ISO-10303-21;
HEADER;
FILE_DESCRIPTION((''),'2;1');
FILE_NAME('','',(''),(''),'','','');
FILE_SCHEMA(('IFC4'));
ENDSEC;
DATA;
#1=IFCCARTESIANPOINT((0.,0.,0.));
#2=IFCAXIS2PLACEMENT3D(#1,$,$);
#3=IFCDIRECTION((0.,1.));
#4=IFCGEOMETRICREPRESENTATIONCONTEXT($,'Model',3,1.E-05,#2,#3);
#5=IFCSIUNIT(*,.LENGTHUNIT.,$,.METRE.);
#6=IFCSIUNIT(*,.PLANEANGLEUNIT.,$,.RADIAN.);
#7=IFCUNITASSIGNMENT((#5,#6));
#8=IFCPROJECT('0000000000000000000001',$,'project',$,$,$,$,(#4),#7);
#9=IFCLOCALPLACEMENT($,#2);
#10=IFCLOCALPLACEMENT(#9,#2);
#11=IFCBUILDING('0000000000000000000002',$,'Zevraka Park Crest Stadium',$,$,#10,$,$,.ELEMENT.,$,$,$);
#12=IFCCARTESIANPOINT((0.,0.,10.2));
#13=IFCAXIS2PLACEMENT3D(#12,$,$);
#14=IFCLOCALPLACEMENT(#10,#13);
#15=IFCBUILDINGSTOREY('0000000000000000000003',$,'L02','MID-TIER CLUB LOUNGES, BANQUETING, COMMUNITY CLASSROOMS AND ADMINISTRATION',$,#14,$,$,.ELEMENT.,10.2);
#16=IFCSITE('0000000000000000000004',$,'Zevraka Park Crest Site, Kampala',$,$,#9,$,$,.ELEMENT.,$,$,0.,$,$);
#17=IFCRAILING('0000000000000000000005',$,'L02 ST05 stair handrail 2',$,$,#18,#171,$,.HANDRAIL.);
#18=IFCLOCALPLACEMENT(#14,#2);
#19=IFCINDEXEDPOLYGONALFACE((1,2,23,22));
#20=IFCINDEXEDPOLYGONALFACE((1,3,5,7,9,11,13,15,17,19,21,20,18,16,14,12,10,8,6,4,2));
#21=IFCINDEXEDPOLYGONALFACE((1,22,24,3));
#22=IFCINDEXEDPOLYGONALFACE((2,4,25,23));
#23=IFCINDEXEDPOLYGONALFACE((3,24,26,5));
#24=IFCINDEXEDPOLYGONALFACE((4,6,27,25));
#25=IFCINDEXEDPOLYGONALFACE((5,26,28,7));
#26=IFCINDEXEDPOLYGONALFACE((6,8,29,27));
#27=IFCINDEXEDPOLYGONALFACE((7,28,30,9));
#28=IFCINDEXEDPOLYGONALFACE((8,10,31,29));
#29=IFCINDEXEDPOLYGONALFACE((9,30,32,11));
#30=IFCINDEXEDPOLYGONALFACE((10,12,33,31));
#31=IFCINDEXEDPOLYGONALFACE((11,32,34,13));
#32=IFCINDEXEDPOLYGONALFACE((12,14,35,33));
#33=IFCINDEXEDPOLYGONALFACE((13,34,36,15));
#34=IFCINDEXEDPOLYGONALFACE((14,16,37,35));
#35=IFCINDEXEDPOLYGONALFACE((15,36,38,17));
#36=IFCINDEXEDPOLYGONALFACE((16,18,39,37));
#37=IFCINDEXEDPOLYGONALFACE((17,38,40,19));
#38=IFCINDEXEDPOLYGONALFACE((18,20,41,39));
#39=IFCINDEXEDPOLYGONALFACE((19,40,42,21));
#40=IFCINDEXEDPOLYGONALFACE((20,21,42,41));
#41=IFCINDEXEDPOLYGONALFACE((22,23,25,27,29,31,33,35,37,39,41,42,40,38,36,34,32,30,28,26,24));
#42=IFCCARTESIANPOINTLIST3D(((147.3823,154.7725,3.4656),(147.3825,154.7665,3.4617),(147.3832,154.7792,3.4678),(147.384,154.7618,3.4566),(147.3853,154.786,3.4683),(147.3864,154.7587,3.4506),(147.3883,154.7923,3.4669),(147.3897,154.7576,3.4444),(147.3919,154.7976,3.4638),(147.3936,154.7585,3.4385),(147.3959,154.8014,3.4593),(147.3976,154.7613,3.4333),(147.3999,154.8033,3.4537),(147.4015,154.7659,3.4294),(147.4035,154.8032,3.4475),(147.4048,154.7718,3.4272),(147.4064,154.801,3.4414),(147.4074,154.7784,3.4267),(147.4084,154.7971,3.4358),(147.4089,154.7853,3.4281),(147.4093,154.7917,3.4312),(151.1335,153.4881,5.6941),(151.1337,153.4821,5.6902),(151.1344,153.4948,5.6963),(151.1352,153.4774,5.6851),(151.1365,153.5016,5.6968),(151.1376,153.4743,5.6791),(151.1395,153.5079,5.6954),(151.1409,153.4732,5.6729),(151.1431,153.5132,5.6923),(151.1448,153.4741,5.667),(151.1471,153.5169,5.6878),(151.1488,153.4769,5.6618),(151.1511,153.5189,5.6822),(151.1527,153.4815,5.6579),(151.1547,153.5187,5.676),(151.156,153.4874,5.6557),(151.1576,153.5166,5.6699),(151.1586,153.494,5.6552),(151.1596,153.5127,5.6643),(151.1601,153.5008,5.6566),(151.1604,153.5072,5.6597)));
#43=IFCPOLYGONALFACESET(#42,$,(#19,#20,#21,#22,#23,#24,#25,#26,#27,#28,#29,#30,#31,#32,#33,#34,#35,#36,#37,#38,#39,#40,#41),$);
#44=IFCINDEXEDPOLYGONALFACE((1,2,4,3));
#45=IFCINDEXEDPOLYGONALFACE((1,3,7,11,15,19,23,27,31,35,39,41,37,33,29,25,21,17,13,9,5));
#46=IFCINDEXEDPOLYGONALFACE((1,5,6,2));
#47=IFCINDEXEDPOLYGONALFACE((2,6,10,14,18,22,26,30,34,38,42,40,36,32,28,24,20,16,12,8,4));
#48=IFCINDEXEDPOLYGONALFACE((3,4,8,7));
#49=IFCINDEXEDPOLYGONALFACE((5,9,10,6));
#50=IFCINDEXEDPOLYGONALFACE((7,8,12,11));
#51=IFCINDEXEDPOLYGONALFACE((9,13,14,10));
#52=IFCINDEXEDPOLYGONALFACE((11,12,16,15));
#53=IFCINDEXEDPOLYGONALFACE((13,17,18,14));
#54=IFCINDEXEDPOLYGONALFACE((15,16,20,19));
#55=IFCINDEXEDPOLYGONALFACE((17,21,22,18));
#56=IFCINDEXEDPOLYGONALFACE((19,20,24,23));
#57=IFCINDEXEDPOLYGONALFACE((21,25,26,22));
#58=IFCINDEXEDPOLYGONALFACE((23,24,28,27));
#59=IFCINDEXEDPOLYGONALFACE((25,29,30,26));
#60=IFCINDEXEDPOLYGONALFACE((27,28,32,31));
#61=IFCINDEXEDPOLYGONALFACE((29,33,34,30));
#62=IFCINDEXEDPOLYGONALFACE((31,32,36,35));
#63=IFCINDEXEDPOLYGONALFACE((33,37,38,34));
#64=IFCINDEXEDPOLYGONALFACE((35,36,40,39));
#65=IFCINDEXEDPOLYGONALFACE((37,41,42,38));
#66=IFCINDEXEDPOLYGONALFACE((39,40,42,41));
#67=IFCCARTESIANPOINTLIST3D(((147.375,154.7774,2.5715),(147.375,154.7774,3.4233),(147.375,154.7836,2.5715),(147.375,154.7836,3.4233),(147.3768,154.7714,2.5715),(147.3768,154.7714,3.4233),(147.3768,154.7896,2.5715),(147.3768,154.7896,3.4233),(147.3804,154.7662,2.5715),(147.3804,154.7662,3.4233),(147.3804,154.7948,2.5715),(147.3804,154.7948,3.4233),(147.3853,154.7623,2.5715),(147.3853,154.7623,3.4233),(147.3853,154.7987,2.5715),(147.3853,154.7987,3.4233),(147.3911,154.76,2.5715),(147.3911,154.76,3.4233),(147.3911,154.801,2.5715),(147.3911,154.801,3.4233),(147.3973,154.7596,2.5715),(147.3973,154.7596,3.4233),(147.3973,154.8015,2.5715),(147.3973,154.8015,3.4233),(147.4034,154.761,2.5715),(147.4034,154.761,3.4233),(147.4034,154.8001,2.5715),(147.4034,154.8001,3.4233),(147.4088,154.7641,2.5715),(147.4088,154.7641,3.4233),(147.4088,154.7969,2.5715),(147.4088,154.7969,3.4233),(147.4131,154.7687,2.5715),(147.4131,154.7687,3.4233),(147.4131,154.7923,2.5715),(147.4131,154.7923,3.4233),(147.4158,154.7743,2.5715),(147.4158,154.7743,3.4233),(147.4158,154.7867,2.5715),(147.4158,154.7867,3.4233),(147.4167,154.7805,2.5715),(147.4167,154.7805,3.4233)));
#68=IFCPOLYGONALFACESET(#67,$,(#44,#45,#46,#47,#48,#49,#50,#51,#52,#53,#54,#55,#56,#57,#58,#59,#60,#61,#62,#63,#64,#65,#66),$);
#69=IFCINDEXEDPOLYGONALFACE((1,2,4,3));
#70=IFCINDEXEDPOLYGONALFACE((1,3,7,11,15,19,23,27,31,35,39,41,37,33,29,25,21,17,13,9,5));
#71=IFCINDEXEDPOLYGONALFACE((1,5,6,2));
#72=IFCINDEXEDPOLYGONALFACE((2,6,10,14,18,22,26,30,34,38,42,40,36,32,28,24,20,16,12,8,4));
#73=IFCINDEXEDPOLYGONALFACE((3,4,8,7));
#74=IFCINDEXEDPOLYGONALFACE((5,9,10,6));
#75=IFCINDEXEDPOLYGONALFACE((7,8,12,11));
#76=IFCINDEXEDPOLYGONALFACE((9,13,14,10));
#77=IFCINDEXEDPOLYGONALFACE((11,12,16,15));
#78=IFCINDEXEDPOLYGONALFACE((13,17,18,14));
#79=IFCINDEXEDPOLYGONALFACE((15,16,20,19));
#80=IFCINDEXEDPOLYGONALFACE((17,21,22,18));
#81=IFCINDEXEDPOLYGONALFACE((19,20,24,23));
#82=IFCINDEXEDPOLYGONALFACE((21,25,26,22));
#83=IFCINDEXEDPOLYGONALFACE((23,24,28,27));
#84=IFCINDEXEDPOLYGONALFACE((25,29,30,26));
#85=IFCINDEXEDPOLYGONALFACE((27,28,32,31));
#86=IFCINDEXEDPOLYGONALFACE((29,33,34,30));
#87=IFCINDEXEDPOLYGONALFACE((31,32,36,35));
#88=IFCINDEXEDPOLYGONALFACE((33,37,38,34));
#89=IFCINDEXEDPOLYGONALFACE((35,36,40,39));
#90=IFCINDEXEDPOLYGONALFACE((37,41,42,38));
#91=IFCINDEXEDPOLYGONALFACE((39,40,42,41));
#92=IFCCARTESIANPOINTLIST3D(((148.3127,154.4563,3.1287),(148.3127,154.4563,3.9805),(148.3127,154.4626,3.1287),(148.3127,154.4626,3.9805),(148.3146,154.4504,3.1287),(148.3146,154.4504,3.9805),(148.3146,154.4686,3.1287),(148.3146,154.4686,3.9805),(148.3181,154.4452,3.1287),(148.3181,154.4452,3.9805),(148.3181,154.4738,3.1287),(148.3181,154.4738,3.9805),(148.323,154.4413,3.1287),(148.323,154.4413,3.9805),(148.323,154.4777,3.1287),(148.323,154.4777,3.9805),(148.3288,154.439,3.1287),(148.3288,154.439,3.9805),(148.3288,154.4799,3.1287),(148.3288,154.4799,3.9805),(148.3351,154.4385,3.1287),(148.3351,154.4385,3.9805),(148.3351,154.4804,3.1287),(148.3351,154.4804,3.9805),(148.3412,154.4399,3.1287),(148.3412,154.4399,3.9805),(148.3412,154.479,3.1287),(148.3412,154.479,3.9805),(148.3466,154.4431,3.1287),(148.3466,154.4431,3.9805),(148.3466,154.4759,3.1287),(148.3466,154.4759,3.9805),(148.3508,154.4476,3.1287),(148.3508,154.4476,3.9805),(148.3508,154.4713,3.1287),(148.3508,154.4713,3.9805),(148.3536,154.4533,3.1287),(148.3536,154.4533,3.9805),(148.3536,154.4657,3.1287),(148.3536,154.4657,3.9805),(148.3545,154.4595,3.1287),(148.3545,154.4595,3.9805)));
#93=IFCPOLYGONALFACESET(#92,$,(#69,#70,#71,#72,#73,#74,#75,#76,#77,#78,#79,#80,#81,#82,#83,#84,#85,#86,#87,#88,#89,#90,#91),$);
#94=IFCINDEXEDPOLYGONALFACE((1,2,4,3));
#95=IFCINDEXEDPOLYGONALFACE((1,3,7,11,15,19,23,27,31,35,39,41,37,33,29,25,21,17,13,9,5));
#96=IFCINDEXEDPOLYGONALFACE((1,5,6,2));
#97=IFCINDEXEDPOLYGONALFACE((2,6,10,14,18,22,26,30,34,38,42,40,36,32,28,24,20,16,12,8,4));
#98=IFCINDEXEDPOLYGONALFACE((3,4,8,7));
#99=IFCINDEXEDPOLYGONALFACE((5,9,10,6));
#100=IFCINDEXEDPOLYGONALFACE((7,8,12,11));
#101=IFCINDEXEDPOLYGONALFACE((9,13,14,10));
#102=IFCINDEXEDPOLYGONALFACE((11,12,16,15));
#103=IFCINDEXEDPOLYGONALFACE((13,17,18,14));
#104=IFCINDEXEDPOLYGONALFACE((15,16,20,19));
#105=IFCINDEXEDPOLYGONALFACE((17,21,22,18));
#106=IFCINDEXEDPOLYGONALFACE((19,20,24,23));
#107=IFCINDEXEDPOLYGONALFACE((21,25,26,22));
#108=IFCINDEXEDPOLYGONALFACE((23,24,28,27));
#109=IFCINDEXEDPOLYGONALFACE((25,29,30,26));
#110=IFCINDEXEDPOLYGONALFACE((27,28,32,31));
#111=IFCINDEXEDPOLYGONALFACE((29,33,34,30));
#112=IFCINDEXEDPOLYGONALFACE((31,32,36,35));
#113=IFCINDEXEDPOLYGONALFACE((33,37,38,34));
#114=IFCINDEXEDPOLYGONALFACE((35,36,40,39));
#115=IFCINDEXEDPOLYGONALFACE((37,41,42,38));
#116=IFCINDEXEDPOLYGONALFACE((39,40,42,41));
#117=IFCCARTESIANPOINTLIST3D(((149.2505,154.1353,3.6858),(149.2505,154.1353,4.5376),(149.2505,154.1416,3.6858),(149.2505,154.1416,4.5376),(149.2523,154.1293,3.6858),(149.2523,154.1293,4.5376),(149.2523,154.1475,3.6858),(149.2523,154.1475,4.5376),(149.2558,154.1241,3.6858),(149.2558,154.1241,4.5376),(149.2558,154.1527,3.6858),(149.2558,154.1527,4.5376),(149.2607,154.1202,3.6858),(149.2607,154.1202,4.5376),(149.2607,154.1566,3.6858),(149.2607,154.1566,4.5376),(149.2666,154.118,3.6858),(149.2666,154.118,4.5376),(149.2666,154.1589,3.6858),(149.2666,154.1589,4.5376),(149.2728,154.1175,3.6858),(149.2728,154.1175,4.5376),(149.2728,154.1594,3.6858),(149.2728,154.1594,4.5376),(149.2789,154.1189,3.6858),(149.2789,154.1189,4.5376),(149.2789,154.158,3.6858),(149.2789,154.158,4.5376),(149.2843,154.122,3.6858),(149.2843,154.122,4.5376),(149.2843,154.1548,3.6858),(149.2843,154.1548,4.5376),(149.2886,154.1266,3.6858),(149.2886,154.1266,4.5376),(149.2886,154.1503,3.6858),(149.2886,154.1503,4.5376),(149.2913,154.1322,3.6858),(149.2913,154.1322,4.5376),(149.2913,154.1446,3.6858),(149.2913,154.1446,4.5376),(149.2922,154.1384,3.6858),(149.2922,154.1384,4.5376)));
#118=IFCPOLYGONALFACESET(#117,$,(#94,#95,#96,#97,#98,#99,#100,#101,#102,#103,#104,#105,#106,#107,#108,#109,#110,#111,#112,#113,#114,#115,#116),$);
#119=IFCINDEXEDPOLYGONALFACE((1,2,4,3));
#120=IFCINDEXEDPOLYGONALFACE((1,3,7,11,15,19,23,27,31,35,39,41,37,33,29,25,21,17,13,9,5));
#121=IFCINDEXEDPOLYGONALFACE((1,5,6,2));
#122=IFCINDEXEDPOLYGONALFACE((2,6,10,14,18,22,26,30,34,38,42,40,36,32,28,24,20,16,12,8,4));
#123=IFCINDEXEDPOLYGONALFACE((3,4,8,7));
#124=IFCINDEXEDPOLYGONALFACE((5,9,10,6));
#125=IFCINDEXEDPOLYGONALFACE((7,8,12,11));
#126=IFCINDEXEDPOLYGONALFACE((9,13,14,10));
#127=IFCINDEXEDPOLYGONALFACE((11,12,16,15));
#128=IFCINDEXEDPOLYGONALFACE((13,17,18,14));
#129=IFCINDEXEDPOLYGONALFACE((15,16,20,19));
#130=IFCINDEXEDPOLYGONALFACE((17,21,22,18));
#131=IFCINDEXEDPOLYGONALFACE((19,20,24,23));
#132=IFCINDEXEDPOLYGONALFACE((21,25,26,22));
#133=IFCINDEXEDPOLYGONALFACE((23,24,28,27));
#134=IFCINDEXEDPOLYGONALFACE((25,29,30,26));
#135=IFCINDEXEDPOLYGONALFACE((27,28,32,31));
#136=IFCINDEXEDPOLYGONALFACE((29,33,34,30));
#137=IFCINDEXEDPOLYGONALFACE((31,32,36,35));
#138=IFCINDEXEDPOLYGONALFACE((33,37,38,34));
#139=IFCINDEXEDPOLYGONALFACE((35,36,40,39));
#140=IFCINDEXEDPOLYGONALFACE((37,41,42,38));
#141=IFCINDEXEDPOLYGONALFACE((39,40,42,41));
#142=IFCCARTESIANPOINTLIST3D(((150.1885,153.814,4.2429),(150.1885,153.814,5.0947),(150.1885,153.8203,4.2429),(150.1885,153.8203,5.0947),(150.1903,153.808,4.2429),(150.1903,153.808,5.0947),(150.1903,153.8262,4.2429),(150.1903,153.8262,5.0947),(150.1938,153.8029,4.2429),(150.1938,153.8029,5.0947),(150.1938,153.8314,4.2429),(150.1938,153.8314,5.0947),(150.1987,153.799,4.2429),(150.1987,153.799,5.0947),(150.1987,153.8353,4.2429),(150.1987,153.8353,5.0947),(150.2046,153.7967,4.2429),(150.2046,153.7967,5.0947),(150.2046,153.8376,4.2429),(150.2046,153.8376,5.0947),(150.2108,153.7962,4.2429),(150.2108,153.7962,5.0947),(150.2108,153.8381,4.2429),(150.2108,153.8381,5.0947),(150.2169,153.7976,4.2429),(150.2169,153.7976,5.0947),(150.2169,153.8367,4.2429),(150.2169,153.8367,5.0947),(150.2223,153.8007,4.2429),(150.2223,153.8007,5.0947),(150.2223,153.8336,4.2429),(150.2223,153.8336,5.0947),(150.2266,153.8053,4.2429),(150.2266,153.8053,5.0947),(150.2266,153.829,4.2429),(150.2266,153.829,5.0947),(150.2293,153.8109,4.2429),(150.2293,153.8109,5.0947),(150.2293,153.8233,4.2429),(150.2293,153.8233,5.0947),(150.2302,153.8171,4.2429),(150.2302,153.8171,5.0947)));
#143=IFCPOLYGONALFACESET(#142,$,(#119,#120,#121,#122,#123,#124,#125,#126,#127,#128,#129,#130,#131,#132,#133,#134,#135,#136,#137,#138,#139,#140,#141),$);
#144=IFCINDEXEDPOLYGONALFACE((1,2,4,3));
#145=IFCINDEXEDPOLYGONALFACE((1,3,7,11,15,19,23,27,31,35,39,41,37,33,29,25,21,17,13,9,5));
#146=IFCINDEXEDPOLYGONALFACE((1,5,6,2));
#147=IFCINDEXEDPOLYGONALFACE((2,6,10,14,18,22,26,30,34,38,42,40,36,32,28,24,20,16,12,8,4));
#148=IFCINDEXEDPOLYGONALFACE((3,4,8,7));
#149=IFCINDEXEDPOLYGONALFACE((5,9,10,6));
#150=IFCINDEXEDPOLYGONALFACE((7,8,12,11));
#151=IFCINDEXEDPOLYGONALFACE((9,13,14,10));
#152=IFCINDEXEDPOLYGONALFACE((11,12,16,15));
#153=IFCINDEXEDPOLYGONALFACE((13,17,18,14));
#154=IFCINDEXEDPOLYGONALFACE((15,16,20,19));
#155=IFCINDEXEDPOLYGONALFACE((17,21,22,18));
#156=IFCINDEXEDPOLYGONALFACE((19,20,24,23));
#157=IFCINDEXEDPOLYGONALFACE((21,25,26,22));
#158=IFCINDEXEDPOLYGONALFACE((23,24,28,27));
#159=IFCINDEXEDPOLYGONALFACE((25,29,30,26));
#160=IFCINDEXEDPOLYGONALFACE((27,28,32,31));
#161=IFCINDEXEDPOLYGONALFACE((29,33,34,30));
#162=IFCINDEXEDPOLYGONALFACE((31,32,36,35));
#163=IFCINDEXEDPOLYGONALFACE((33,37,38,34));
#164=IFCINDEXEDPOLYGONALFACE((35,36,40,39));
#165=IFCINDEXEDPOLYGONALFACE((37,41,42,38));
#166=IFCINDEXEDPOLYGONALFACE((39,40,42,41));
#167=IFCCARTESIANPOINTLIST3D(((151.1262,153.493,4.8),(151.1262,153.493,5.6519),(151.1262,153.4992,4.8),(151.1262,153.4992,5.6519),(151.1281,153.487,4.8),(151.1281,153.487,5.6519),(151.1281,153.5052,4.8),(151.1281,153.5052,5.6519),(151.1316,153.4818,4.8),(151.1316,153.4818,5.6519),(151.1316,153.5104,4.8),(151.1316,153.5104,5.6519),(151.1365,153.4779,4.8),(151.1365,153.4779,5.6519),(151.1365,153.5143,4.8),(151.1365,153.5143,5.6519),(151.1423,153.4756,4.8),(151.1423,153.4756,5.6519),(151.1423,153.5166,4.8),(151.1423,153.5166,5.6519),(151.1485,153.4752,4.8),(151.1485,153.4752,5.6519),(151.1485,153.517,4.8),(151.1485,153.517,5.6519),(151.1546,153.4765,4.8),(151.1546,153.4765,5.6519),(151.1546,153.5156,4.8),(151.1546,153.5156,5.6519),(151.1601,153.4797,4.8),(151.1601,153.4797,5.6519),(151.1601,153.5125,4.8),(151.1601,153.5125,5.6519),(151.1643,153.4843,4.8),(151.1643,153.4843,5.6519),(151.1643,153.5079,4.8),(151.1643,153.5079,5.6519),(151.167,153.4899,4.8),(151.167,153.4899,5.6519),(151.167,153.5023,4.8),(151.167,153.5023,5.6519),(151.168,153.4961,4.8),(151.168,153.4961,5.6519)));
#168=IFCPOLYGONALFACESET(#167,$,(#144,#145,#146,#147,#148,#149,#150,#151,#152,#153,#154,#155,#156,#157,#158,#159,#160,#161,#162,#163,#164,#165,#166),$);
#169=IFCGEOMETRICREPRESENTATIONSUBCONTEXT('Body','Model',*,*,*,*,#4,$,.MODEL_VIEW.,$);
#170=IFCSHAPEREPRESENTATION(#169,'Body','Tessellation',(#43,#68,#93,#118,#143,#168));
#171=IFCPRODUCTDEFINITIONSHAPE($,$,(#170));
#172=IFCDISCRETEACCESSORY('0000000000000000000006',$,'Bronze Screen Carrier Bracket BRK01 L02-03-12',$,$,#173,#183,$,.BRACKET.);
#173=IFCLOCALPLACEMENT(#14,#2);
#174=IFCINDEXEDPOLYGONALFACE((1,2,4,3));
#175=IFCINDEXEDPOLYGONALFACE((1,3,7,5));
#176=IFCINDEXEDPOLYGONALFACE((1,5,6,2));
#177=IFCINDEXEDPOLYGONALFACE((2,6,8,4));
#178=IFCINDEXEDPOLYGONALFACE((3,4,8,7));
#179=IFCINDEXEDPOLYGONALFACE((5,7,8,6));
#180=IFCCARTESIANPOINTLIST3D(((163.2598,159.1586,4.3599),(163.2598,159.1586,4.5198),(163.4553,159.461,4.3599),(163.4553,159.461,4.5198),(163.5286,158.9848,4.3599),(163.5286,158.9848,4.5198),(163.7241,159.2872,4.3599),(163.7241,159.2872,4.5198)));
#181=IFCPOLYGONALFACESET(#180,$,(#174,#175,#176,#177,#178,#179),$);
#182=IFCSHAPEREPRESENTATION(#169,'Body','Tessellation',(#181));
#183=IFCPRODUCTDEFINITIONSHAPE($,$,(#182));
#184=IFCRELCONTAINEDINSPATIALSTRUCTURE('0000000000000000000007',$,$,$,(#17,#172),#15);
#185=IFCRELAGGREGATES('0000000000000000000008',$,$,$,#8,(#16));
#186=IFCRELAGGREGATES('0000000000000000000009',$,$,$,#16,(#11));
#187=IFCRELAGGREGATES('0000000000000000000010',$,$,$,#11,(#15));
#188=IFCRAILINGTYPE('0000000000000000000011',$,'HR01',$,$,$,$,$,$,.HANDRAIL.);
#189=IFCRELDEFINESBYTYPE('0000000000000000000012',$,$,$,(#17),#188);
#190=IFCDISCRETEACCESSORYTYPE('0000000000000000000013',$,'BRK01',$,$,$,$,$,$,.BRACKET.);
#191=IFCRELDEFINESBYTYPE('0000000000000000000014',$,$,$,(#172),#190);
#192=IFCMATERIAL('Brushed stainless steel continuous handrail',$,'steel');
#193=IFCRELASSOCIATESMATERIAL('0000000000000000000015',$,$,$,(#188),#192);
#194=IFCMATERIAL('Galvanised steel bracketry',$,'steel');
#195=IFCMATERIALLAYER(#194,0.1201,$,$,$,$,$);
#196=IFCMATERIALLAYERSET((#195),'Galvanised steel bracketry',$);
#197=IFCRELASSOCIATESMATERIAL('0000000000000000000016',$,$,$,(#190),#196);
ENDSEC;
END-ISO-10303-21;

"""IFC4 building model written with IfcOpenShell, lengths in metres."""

from ifc_helpers import new_model, si_unit, direction, frame, origin, origin_2d, place, context, subcontext, project, spatial, rectangle, circle, extrude, material, layer, layer_set, type_object, element, save


model = new_model("IFC4")

# Units and contexts
model_context = context("Model", 3, precision=1e-05, world=origin(), true_north=direction((0.0, 1.0)))
body_context = subcontext(model_context, "Body", "Model", "MODEL_VIEW")
ifc_project = project(units=[si_unit("LENGTHUNIT", "METRE"), si_unit("PLANEANGLEUNIT", "RADIAN")], contexts=[model_context])

# Site, building, storey
site_placement = place(None, origin())
site = spatial("IfcSite", under=ifc_project, at=site_placement, Name="Zevraka Park Crest Site, Kampala", CompositionType="ELEMENT", RefElevation=0.0)
building_placement = place(site_placement, origin())
building = spatial("IfcBuilding", under=site, at=building_placement, Name="Zevraka Park Crest Stadium", CompositionType="ELEMENT")
storey_placement = place(building_placement, frame((0.0, 0.0, 10.2)))
storey = spatial("IfcBuildingStorey", under=building, at=storey_placement, Name="L02", Description="MID-TIER CLUB LOUNGES, BANQUETING, COMMUNITY CLASSROOMS AND ADMINISTRATION", CompositionType="ELEMENT", Elevation=10.2)

# Railing
ifc_material_1 = material(Name="Brushed stainless steel continuous handrail", Category="steel")
railing_type_1 = type_object("IfcRailingType", Name="HR01", PredefinedType="HANDRAIL", material=ifc_material_1)
railing_1_placement = place(storey_placement, frame((147.3958, 154.7805, 2.5715)))
element("IfcRailing", 1, at=railing_1_placement, inside=storey, type_object=railing_type_1, Name="L02 ST05 stair handrail 2", PredefinedType="HANDRAIL", context=body_context, shape_type="SweptSolid", body=[
    extrude(circle(Radius=0.0239, at=origin_2d()), frame((0.0, 0.0, 0.876), z_axis=(0.824739, -0.282392, 0.489959), x_axis=(0.323939, 0.946078, 0.0)), (0.0, 0.0, 1.0), 4.5483),
    extrude(circle(Radius=0.021, at=origin_2d()), origin(), (0.0, 0.0, 1.0), 0.8518),
    extrude(circle(Radius=0.021, at=origin_2d()), frame((0.9377, -0.321, 0.5571)), (0.0, 0.0, 1.0), 0.8518),
    extrude(circle(Radius=0.021, at=origin_2d()), frame((1.8755, -0.6421, 1.1143)), (0.0, 0.0, 1.0), 0.8518),
    extrude(circle(Radius=0.021, at=origin_2d()), frame((2.8135, -0.9634, 1.6714)), (0.0, 0.0, 1.0), 0.8518),
    extrude(circle(Radius=0.021, at=origin_2d()), frame((3.7512, -1.2844, 2.2285)), (0.0, 0.0, 1.0), 0.8518),
])

# Discrete accessory
ifc_material_2 = material(Name="Galvanised steel bracketry", Category="steel")
ifc_layer_1 = layer(ifc_material_2, 0.1201)
ifc_layer_set_1 = layer_set([ifc_layer_1], Name="Galvanised steel bracketry")
discrete_accessory_type = type_object("IfcDiscreteAccessoryType", Name="BRK01", PredefinedType="BRACKET", material=ifc_layer_set_1)
discrete_accessory_placement = place(storey_placement, frame((163.4919, 159.2229, 4.3599), z_axis=(0.0, 0.0, 1.0), x_axis=(-0.839715, 0.543028, 0.0)))
element("IfcDiscreteAccessory", 2, at=discrete_accessory_placement, inside=storey, type_object=discrete_accessory_type, Name="Bronze Screen Carrier Bracket BRK01 L02-03-12", PredefinedType="BRACKET", context=body_context, shape_type="SweptSolid", body=[
    extrude(rectangle(XDim=0.3201, YDim=0.3601, at=origin_2d()), origin(), (0.0, 0.0, 1.0), 0.1599),
])

save(model, "model.ifc")
